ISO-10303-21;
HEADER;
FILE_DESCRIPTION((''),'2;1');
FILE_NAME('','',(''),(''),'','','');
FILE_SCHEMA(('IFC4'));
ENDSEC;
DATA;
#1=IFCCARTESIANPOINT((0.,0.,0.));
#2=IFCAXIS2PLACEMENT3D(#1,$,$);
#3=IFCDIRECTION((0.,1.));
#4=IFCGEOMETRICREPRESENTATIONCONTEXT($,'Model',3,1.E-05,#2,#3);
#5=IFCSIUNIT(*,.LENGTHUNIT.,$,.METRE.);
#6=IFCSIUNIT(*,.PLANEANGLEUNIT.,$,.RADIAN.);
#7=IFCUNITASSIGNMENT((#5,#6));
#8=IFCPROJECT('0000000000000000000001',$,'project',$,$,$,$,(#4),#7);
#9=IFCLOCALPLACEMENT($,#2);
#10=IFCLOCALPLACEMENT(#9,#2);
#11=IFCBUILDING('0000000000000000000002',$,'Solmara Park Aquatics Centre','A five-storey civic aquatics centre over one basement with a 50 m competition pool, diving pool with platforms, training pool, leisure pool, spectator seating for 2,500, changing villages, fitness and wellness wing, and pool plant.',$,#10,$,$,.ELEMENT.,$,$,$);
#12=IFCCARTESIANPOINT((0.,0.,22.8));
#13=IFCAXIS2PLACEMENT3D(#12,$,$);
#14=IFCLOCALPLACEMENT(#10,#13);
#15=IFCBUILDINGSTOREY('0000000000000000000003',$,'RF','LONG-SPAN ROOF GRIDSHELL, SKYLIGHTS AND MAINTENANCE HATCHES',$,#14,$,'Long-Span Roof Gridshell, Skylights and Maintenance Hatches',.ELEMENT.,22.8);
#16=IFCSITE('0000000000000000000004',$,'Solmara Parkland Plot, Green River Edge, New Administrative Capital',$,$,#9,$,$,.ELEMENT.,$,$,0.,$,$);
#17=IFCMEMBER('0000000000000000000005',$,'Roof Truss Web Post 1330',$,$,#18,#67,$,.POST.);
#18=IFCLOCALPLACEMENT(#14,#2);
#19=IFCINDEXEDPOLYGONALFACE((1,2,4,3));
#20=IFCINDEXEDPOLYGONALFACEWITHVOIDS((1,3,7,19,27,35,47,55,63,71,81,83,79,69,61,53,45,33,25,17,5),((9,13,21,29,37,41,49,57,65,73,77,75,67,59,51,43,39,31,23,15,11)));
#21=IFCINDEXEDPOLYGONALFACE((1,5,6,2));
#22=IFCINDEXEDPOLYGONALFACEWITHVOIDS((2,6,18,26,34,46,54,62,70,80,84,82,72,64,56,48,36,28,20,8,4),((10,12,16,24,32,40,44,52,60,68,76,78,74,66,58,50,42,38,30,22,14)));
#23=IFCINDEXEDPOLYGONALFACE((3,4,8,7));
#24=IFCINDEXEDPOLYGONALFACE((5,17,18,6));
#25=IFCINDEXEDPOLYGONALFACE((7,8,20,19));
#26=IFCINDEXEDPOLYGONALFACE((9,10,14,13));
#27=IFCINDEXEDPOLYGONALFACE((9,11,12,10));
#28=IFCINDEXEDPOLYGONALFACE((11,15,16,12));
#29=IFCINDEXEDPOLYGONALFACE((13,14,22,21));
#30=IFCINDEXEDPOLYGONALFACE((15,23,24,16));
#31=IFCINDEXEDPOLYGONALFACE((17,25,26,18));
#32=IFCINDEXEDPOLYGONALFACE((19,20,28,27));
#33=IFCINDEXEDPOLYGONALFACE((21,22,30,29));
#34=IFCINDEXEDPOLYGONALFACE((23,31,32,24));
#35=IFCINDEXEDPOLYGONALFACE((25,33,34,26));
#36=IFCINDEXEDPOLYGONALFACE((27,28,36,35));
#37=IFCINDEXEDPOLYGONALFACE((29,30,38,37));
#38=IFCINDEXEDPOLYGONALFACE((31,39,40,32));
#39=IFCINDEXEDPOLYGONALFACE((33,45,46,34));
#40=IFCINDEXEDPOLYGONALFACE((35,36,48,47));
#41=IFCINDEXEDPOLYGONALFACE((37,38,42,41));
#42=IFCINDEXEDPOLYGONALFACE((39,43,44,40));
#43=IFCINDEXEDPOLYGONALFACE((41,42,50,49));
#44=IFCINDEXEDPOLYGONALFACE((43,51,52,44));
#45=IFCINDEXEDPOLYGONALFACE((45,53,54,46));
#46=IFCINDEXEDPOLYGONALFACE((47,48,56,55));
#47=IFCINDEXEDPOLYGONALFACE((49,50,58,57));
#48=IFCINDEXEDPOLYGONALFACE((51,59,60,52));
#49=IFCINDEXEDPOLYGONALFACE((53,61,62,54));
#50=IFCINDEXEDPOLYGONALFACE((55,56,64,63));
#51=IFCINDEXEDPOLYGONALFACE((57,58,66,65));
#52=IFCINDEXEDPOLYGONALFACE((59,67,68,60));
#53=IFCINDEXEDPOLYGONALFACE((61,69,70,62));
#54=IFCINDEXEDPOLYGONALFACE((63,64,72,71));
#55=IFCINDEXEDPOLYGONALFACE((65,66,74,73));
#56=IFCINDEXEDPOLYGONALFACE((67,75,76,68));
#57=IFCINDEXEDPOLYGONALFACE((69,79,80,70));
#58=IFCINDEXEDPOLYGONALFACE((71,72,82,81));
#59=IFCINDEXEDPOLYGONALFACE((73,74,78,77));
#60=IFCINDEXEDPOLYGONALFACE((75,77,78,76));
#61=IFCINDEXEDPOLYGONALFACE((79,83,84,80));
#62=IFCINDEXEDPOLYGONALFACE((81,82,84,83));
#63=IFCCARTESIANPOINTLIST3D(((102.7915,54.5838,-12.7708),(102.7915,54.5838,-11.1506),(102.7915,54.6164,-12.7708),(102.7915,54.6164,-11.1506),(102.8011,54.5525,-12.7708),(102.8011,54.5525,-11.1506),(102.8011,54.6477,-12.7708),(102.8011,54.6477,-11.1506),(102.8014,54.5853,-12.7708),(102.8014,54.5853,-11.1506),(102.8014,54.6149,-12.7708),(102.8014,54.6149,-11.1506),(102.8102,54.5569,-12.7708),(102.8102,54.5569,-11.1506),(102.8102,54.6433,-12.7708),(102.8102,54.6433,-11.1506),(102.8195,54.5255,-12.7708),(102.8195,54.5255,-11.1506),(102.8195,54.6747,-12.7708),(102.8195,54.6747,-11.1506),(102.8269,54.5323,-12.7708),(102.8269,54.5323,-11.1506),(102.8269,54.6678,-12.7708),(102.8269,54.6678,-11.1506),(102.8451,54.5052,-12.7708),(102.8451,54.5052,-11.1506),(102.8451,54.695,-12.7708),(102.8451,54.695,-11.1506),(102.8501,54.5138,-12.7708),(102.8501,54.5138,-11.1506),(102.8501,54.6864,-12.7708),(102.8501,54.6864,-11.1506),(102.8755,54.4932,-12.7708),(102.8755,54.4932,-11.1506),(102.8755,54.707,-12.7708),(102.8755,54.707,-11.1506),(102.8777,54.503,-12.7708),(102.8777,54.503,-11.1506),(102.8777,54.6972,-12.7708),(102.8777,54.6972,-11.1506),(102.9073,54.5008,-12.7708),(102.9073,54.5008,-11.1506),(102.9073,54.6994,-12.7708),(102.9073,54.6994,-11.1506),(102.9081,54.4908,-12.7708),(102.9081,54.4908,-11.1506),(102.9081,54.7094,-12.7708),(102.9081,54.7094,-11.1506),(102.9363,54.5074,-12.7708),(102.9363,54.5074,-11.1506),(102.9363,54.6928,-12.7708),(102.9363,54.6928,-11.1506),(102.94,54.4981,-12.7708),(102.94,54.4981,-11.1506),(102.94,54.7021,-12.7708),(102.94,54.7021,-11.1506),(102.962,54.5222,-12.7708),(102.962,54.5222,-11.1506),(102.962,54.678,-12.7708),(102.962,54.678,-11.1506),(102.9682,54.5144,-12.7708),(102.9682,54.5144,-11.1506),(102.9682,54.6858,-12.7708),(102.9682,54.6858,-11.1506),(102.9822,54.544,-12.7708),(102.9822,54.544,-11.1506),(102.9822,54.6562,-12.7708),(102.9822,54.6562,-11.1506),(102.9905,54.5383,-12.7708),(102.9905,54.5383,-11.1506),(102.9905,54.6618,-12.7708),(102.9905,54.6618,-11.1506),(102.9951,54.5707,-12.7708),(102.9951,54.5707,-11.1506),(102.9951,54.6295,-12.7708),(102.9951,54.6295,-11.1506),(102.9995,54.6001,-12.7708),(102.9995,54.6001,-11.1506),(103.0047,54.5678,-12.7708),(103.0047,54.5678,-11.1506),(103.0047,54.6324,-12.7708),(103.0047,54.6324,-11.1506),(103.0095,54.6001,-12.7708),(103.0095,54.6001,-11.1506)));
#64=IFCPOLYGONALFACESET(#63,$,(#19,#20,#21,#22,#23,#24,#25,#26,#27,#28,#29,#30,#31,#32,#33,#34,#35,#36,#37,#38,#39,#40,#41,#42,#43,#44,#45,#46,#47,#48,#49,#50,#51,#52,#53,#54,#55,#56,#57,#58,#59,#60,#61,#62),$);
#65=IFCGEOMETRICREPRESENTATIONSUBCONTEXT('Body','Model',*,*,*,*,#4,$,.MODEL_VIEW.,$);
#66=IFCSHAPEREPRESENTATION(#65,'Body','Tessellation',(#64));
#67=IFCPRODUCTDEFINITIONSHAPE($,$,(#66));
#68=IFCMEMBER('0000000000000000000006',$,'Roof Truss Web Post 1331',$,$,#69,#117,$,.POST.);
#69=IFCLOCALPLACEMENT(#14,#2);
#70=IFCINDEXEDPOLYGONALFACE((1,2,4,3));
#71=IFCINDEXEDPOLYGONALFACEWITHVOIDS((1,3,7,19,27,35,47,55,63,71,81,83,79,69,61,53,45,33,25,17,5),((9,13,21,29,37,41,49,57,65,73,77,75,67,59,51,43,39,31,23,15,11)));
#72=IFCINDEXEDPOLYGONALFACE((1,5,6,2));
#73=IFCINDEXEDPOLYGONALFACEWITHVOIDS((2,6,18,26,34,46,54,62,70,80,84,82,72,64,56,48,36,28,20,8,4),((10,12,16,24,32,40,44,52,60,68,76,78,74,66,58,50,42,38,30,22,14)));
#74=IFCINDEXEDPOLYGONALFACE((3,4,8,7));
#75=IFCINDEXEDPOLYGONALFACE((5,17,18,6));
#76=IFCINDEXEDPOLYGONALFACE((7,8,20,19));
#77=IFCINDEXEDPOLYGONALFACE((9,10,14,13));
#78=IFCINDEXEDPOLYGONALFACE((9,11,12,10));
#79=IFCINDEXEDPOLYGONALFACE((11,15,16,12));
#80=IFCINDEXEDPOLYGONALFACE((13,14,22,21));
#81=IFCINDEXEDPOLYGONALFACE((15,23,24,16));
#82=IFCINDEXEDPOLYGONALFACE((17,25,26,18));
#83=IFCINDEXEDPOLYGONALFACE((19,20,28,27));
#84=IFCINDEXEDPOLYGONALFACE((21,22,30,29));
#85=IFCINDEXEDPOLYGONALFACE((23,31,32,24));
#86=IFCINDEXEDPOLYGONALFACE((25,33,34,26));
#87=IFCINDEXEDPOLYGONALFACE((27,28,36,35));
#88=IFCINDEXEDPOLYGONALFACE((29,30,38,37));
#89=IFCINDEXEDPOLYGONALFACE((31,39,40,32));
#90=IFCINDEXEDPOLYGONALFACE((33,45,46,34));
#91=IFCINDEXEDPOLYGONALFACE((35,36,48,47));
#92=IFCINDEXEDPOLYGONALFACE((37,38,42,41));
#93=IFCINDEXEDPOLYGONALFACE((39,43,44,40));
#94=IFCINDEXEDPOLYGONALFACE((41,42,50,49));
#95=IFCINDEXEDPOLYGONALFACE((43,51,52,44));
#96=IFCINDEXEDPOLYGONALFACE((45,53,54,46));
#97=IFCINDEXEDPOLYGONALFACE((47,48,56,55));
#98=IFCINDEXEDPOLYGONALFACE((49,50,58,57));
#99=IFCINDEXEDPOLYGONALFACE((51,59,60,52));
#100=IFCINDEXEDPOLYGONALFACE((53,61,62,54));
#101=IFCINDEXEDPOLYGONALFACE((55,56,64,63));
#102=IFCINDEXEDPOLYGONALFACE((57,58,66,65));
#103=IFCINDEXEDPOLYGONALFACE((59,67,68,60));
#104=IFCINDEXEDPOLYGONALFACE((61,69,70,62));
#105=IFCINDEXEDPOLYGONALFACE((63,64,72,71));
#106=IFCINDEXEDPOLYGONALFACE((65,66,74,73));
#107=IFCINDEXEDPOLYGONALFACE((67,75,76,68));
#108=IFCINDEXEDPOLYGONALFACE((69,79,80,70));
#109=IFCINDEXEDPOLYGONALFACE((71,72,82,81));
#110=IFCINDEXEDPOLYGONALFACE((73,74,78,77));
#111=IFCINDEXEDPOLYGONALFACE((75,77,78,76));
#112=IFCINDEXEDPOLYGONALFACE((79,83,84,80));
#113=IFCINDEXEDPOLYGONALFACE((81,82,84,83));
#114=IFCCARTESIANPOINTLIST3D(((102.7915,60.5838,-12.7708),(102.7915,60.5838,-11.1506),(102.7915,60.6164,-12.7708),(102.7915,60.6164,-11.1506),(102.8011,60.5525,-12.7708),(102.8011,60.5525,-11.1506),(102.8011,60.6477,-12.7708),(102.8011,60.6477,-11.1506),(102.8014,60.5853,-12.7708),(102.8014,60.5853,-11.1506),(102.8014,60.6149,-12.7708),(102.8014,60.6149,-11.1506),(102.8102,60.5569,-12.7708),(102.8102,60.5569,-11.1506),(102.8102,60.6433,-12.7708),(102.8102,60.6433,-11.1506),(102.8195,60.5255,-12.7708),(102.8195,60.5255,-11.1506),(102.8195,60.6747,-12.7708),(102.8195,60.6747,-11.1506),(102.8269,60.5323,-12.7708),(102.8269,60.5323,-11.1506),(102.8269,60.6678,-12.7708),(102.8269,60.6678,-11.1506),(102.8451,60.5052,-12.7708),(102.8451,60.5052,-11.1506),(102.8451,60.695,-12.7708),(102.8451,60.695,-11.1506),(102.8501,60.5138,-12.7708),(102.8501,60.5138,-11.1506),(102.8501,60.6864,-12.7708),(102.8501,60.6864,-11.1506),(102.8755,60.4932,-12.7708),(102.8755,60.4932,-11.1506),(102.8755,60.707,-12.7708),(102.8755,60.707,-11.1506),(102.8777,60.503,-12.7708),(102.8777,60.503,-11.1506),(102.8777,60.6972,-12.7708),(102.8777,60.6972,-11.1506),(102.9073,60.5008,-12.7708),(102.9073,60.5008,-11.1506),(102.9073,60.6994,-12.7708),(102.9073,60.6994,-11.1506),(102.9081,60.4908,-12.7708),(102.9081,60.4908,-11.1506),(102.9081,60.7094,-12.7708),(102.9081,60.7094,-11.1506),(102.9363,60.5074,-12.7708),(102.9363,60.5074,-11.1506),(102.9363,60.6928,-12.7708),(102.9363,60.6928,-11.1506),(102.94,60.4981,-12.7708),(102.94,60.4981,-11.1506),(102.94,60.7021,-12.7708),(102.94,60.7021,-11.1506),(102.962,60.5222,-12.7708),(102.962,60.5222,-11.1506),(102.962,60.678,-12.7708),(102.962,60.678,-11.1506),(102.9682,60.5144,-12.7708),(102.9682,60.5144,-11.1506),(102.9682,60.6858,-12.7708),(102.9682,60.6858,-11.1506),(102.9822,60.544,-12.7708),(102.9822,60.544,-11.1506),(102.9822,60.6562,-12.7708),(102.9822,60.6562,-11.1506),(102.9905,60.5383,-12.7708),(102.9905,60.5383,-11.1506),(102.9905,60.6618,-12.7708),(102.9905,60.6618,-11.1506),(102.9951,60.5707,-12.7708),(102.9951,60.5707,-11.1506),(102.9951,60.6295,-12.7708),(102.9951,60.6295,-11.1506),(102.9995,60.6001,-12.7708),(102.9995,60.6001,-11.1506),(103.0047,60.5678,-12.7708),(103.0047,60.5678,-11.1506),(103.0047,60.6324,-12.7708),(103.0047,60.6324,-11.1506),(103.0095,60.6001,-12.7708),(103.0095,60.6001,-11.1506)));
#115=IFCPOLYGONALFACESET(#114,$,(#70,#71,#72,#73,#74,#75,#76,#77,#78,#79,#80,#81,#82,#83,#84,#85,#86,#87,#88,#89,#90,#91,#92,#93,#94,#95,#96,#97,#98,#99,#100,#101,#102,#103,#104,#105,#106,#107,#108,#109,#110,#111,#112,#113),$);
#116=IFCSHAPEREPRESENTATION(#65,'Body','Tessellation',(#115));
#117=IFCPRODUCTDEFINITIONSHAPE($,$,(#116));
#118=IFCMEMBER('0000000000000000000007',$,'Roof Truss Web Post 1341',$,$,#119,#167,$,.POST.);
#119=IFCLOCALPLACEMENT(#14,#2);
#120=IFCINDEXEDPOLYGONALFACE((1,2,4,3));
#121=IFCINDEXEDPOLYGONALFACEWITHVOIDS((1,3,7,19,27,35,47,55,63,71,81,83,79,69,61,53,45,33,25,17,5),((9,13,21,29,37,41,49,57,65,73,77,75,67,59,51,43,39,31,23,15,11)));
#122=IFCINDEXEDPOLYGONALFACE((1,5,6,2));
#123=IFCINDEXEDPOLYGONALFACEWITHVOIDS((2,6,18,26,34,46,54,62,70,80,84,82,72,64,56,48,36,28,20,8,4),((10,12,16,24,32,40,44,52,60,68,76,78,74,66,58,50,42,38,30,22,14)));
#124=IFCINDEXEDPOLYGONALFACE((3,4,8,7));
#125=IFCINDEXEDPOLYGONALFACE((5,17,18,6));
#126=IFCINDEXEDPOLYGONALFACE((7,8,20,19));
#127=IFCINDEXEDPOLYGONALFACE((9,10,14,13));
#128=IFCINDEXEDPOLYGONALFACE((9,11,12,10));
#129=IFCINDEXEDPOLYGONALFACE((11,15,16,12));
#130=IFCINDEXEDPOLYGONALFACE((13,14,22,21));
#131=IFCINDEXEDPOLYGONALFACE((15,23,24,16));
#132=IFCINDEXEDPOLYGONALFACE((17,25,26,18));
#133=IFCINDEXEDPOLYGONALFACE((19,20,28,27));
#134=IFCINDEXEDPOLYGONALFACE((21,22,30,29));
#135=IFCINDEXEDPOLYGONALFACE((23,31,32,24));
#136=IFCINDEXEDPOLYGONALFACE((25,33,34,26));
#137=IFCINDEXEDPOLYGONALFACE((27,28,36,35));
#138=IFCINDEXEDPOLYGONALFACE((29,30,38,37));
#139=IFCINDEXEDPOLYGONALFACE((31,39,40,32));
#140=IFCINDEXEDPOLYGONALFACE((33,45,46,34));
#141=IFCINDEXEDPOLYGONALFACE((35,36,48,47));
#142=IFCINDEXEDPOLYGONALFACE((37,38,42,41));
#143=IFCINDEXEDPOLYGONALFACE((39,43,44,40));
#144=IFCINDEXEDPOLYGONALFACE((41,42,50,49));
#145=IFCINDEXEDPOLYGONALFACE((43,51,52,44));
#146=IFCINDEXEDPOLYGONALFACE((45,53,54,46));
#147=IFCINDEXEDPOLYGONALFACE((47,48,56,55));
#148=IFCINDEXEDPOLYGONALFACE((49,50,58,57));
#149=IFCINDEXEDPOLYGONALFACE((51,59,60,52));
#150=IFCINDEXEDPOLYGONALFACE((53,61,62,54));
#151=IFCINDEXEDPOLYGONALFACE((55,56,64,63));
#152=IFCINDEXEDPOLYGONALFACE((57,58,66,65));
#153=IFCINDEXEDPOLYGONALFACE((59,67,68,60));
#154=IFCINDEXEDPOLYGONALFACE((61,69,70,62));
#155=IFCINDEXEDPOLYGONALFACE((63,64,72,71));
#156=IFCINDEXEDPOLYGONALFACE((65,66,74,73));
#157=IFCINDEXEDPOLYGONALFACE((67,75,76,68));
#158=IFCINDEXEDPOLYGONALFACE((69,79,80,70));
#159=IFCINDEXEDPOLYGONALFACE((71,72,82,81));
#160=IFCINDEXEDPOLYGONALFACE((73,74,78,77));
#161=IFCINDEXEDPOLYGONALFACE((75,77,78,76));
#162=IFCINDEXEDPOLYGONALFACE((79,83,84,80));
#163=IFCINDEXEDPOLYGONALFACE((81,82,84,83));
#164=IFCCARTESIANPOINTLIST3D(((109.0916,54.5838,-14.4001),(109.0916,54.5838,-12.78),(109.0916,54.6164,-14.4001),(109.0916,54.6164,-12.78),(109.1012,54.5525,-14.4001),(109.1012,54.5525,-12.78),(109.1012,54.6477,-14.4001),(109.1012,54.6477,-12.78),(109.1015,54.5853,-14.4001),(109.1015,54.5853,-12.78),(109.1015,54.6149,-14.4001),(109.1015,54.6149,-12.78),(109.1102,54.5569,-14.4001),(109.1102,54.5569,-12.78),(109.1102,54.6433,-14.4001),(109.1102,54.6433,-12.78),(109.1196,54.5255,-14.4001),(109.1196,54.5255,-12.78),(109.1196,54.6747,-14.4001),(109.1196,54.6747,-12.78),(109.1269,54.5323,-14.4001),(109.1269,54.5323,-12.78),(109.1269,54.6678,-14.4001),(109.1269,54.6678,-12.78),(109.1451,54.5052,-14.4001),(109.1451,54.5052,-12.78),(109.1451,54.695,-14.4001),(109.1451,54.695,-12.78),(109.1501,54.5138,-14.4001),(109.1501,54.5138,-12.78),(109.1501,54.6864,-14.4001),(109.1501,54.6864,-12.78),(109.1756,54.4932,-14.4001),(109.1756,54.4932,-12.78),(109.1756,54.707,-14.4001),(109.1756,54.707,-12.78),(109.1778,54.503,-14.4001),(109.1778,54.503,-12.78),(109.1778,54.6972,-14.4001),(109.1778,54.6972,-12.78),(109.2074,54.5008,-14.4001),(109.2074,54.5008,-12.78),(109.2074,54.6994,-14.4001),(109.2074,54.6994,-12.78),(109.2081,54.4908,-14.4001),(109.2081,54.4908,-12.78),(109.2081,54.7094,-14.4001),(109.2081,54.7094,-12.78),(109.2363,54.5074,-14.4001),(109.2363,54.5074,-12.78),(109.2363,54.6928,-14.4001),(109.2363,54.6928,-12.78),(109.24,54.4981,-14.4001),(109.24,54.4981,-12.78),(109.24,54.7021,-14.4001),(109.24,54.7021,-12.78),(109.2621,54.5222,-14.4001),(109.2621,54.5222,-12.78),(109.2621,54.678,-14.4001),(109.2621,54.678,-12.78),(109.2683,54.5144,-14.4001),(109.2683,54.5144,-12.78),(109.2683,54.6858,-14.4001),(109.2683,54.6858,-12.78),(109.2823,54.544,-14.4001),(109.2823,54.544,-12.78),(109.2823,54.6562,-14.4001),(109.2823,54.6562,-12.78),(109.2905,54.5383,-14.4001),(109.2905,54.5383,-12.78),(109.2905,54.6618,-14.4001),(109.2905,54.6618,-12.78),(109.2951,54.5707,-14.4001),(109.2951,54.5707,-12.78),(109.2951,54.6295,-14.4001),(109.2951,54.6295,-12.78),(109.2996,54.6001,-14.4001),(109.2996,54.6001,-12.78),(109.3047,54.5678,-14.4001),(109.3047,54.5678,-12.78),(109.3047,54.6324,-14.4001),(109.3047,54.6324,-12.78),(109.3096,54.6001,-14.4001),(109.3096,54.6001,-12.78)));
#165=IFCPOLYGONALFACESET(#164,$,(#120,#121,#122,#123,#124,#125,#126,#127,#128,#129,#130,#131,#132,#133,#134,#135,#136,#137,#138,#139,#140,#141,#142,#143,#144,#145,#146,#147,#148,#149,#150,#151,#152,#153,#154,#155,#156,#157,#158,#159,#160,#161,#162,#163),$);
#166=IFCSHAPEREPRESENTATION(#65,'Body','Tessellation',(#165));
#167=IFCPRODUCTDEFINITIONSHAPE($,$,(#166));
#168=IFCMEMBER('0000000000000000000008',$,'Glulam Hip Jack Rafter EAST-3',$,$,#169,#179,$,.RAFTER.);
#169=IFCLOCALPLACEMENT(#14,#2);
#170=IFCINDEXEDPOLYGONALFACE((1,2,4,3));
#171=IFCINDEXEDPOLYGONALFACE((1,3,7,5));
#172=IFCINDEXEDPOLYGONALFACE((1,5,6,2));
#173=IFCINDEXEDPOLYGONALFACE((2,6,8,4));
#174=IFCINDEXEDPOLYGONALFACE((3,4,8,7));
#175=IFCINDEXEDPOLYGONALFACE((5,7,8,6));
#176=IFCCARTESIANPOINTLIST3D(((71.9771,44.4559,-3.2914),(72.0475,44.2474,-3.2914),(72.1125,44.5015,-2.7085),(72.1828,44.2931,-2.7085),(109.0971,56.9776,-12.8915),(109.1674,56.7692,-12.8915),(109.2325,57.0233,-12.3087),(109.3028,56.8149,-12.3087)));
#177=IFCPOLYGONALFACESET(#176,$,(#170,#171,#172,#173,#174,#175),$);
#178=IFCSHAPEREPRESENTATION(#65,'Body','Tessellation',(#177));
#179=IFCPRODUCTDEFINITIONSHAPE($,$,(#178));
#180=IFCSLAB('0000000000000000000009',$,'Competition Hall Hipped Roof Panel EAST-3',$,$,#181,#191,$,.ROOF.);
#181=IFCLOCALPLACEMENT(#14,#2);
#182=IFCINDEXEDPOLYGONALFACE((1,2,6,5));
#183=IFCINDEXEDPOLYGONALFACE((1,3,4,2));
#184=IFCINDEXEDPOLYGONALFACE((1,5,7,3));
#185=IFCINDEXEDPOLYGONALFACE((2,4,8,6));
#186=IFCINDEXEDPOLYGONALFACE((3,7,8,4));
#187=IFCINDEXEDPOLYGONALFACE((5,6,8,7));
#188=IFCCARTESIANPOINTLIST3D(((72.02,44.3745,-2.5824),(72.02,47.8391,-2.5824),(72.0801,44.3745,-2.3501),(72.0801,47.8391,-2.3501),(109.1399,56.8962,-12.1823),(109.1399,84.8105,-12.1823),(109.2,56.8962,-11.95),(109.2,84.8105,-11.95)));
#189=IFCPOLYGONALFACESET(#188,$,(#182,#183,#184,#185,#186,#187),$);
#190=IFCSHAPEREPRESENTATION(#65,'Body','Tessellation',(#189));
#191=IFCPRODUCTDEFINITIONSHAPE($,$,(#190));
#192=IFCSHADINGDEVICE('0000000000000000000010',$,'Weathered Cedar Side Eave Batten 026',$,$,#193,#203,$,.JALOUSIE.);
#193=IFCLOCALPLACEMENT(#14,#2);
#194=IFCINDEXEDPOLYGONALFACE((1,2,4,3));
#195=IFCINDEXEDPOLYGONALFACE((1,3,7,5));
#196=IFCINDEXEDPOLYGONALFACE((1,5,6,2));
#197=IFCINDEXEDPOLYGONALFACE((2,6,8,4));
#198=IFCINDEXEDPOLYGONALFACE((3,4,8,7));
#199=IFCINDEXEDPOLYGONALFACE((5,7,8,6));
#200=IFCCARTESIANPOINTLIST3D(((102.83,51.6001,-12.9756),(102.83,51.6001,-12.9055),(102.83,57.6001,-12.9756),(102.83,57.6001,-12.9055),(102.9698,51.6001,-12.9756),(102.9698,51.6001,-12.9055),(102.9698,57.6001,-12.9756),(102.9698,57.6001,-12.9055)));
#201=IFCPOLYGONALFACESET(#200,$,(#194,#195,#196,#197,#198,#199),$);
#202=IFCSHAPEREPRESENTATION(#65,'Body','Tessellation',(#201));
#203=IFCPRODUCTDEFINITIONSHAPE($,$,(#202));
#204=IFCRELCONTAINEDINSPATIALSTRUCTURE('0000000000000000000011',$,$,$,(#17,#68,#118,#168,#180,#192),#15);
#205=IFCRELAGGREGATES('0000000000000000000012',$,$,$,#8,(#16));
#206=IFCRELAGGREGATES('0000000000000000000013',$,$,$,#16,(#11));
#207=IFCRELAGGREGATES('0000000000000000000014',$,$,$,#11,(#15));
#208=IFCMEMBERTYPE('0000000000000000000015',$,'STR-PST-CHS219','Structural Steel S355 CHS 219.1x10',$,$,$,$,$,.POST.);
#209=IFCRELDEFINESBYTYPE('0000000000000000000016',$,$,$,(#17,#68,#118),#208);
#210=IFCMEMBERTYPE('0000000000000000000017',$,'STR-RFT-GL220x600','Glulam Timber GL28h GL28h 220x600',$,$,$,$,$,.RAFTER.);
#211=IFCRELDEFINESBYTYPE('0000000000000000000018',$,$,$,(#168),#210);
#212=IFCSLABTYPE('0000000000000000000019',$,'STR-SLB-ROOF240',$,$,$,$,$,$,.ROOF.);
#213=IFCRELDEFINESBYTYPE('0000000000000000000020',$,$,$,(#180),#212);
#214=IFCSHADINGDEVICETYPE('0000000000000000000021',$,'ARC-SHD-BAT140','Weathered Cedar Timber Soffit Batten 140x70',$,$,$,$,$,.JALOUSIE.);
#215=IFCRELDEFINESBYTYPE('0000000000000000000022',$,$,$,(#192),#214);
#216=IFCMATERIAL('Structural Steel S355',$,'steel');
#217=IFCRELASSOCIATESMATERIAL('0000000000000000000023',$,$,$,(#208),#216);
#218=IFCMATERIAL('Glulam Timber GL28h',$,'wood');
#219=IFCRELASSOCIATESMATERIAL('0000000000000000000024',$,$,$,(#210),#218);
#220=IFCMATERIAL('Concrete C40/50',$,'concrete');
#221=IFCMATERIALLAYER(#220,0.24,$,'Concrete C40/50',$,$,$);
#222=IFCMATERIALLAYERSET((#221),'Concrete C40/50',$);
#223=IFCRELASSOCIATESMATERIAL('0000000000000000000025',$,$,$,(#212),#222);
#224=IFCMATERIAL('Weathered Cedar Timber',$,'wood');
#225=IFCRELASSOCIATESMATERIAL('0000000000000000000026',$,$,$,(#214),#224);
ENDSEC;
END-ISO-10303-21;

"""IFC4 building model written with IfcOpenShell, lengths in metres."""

from ifc_helpers import new_model, si_unit, direction, frame, origin, origin_2d, place, context, subcontext, project, spatial, polyline, rectangle, hollow_circle, outline, extrude, material, layer, layer_set, material_profile, profile_set, type_object, element, save


model = new_model("IFC4")

# Units and contexts
model_context = context("Model", 3, precision=1e-05, world=origin(), true_north=direction((0.0, 1.0)))
body_context = subcontext(model_context, "Body", "Model", "MODEL_VIEW")
ifc_project = project(units=[si_unit("LENGTHUNIT", "METRE"), si_unit("PLANEANGLEUNIT", "RADIAN")], contexts=[model_context])

# Site, building, storey
site_placement = place(None, origin())
site = spatial("IfcSite", under=ifc_project, at=site_placement, Name="Solmara Parkland Plot, Green River Edge, New Administrative Capital", CompositionType="ELEMENT", RefElevation=0.0)
building_placement = place(site_placement, origin())
building = spatial("IfcBuilding", under=site, at=building_placement, Name="Solmara Park Aquatics Centre", Description="A five-storey civic aquatics centre over one basement with a 50 m competition pool, diving pool with platforms, training pool, leisure pool, spectator seating for 2,500, changing villages, fitness and wellness wing, and pool plant.", CompositionType="ELEMENT")
storey_placement = place(building_placement, frame((0.0, 0.0, 22.8)))
storey = spatial("IfcBuildingStorey", under=building, at=storey_placement, Name="RF", Description="LONG-SPAN ROOF GRIDSHELL, SKYLIGHTS AND MAINTENANCE HATCHES", LongName="Long-Span Roof Gridshell, Skylights and Maintenance Hatches", CompositionType="ELEMENT", Elevation=22.8)

# Members
ifc_material_1 = material(Name="Structural Steel S355", Category="steel")
ifc_material_2 = material(Name="Glulam Timber GL28h", Category="wood")
ifc_material_profile_1 = material_profile(ifc_material_1, hollow_circle(Radius=0.1096, WallThickness=0.01, at=origin_2d()), Name="CHS 219.1x10")
ifc_profile_set_1 = profile_set([ifc_material_profile_1], Name="Structural Steel S355")
member_type_1 = type_object("IfcMemberType", Name="STR-PST-CHS219", Description="Structural Steel S355 CHS 219.1x10", PredefinedType="POST", material=ifc_profile_set_1)
for number, where, z_axis, x_axis, name in (
    (1, (102.8999, 54.6001, -12.7708), (0.0, 0.0, 1.0), (1.0, 0.0, 0.0), "Roof Truss Web Post 1330"),
    (2, (102.8999, 60.6001, -12.7708), (0.0, 0.0, 1.0), (1.0, 0.0, 0.0), "Roof Truss Web Post 1331"),
    (3, (109.2, 54.6001, -14.4001), (0.0, 0.0, 1.0), (1.0, 0.0, 0.0), "Roof Truss Web Post 1341"),
):
    element("IfcMember", number, at=place(storey_placement, frame(where, z_axis=z_axis, x_axis=x_axis)), inside=storey, type_object=member_type_1, Name=name, PredefinedType="POST", context=body_context, shape_type="SweptSolid", body=[
        extrude(hollow_circle(Radius=0.1096, WallThickness=0.01, at=origin_2d()), origin(), (0.0, 0.0, 1.0), 1.6201),
    ])
ifc_material_profile_2 = material_profile(ifc_material_2, rectangle(XDim=0.22, YDim=0.6001, at=origin_2d()), Name="GL28h 220x600")
ifc_profile_set_2 = profile_set([ifc_material_profile_2], Name="Glulam Timber GL28h")
member_type_2 = type_object("IfcMemberType", Name="STR-RFT-GL220x600", Description="Glulam Timber GL28h GL28h 220x600", PredefinedType="RAFTER", material=ifc_profile_set_2)
member_1_placement = place(storey_placement, frame((109.2, 56.8962, -12.6001), z_axis=(-0.92031, -0.31045, 0.238014), x_axis=(0.319636, -0.94754, 0.0)))
element("IfcMember", 4, at=member_1_placement, inside=storey, type_object=member_type_2, Name="Glulam Hip Jack Rafter EAST-3", PredefinedType="RAFTER", context=body_context, shape_type="SweptSolid", body=[
    extrude(rectangle(XDim=0.22, YDim=0.6001, at=origin_2d()), origin(), (0.0, 0.0, 1.0), 40.3342),
])

# Slab
ifc_material_3 = material(Name="Concrete C40/50", Category="concrete")
ifc_layer = layer(ifc_material_3, 0.24, Name="Concrete C40/50")
ifc_layer_set = layer_set([ifc_layer], Name="Concrete C40/50")
slab_type = type_object("IfcSlabType", Name="STR-SLB-ROOF240", PredefinedType="ROOF", material=ifc_layer_set)
slab_placement = place(storey_placement, frame((109.2, 56.8962, -11.95), z_axis=(0.25038, 0.0, 0.968148), x_axis=(0.0, 1.0, 0.0)))
element("IfcSlab", 5, at=slab_placement, inside=storey, type_object=slab_type, Name="Competition Hall Hipped Roof Panel EAST-3", PredefinedType="ROOF", context=body_context, shape_type="SweptSolid", body=[
    extrude(outline(polyline([(0.0, 0.0), (27.9143, 0.0), (-9.0571, 38.3411), (-12.5217, 38.3411), (0.0, 0.0)])), origin(), (0.0, 0.0, -1.0), 0.24),
])

# Shading device
ifc_material_4 = material(Name="Weathered Cedar Timber", Category="wood")
shading_device_type = type_object("IfcShadingDeviceType", Name="ARC-SHD-BAT140", Description="Weathered Cedar Timber Soffit Batten 140x70", PredefinedType="JALOUSIE", material=ifc_material_4)
shading_device_placement = place(storey_placement, frame((102.8999, 54.6001, -12.9756), z_axis=(0.0, 0.0, 1.0), x_axis=(1.0, 0.0, 0.0)))
element("IfcShadingDevice", 6, at=shading_device_placement, inside=storey, type_object=shading_device_type, Name="Weathered Cedar Side Eave Batten 026", PredefinedType="JALOUSIE", context=body_context, shape_type="SweptSolid", body=[
    extrude(rectangle(XDim=0.1399, YDim=6.0, at=origin_2d()), origin(), (0.0, 0.0, 1.0), 0.0701),
])

save(model, "model.ifc")
